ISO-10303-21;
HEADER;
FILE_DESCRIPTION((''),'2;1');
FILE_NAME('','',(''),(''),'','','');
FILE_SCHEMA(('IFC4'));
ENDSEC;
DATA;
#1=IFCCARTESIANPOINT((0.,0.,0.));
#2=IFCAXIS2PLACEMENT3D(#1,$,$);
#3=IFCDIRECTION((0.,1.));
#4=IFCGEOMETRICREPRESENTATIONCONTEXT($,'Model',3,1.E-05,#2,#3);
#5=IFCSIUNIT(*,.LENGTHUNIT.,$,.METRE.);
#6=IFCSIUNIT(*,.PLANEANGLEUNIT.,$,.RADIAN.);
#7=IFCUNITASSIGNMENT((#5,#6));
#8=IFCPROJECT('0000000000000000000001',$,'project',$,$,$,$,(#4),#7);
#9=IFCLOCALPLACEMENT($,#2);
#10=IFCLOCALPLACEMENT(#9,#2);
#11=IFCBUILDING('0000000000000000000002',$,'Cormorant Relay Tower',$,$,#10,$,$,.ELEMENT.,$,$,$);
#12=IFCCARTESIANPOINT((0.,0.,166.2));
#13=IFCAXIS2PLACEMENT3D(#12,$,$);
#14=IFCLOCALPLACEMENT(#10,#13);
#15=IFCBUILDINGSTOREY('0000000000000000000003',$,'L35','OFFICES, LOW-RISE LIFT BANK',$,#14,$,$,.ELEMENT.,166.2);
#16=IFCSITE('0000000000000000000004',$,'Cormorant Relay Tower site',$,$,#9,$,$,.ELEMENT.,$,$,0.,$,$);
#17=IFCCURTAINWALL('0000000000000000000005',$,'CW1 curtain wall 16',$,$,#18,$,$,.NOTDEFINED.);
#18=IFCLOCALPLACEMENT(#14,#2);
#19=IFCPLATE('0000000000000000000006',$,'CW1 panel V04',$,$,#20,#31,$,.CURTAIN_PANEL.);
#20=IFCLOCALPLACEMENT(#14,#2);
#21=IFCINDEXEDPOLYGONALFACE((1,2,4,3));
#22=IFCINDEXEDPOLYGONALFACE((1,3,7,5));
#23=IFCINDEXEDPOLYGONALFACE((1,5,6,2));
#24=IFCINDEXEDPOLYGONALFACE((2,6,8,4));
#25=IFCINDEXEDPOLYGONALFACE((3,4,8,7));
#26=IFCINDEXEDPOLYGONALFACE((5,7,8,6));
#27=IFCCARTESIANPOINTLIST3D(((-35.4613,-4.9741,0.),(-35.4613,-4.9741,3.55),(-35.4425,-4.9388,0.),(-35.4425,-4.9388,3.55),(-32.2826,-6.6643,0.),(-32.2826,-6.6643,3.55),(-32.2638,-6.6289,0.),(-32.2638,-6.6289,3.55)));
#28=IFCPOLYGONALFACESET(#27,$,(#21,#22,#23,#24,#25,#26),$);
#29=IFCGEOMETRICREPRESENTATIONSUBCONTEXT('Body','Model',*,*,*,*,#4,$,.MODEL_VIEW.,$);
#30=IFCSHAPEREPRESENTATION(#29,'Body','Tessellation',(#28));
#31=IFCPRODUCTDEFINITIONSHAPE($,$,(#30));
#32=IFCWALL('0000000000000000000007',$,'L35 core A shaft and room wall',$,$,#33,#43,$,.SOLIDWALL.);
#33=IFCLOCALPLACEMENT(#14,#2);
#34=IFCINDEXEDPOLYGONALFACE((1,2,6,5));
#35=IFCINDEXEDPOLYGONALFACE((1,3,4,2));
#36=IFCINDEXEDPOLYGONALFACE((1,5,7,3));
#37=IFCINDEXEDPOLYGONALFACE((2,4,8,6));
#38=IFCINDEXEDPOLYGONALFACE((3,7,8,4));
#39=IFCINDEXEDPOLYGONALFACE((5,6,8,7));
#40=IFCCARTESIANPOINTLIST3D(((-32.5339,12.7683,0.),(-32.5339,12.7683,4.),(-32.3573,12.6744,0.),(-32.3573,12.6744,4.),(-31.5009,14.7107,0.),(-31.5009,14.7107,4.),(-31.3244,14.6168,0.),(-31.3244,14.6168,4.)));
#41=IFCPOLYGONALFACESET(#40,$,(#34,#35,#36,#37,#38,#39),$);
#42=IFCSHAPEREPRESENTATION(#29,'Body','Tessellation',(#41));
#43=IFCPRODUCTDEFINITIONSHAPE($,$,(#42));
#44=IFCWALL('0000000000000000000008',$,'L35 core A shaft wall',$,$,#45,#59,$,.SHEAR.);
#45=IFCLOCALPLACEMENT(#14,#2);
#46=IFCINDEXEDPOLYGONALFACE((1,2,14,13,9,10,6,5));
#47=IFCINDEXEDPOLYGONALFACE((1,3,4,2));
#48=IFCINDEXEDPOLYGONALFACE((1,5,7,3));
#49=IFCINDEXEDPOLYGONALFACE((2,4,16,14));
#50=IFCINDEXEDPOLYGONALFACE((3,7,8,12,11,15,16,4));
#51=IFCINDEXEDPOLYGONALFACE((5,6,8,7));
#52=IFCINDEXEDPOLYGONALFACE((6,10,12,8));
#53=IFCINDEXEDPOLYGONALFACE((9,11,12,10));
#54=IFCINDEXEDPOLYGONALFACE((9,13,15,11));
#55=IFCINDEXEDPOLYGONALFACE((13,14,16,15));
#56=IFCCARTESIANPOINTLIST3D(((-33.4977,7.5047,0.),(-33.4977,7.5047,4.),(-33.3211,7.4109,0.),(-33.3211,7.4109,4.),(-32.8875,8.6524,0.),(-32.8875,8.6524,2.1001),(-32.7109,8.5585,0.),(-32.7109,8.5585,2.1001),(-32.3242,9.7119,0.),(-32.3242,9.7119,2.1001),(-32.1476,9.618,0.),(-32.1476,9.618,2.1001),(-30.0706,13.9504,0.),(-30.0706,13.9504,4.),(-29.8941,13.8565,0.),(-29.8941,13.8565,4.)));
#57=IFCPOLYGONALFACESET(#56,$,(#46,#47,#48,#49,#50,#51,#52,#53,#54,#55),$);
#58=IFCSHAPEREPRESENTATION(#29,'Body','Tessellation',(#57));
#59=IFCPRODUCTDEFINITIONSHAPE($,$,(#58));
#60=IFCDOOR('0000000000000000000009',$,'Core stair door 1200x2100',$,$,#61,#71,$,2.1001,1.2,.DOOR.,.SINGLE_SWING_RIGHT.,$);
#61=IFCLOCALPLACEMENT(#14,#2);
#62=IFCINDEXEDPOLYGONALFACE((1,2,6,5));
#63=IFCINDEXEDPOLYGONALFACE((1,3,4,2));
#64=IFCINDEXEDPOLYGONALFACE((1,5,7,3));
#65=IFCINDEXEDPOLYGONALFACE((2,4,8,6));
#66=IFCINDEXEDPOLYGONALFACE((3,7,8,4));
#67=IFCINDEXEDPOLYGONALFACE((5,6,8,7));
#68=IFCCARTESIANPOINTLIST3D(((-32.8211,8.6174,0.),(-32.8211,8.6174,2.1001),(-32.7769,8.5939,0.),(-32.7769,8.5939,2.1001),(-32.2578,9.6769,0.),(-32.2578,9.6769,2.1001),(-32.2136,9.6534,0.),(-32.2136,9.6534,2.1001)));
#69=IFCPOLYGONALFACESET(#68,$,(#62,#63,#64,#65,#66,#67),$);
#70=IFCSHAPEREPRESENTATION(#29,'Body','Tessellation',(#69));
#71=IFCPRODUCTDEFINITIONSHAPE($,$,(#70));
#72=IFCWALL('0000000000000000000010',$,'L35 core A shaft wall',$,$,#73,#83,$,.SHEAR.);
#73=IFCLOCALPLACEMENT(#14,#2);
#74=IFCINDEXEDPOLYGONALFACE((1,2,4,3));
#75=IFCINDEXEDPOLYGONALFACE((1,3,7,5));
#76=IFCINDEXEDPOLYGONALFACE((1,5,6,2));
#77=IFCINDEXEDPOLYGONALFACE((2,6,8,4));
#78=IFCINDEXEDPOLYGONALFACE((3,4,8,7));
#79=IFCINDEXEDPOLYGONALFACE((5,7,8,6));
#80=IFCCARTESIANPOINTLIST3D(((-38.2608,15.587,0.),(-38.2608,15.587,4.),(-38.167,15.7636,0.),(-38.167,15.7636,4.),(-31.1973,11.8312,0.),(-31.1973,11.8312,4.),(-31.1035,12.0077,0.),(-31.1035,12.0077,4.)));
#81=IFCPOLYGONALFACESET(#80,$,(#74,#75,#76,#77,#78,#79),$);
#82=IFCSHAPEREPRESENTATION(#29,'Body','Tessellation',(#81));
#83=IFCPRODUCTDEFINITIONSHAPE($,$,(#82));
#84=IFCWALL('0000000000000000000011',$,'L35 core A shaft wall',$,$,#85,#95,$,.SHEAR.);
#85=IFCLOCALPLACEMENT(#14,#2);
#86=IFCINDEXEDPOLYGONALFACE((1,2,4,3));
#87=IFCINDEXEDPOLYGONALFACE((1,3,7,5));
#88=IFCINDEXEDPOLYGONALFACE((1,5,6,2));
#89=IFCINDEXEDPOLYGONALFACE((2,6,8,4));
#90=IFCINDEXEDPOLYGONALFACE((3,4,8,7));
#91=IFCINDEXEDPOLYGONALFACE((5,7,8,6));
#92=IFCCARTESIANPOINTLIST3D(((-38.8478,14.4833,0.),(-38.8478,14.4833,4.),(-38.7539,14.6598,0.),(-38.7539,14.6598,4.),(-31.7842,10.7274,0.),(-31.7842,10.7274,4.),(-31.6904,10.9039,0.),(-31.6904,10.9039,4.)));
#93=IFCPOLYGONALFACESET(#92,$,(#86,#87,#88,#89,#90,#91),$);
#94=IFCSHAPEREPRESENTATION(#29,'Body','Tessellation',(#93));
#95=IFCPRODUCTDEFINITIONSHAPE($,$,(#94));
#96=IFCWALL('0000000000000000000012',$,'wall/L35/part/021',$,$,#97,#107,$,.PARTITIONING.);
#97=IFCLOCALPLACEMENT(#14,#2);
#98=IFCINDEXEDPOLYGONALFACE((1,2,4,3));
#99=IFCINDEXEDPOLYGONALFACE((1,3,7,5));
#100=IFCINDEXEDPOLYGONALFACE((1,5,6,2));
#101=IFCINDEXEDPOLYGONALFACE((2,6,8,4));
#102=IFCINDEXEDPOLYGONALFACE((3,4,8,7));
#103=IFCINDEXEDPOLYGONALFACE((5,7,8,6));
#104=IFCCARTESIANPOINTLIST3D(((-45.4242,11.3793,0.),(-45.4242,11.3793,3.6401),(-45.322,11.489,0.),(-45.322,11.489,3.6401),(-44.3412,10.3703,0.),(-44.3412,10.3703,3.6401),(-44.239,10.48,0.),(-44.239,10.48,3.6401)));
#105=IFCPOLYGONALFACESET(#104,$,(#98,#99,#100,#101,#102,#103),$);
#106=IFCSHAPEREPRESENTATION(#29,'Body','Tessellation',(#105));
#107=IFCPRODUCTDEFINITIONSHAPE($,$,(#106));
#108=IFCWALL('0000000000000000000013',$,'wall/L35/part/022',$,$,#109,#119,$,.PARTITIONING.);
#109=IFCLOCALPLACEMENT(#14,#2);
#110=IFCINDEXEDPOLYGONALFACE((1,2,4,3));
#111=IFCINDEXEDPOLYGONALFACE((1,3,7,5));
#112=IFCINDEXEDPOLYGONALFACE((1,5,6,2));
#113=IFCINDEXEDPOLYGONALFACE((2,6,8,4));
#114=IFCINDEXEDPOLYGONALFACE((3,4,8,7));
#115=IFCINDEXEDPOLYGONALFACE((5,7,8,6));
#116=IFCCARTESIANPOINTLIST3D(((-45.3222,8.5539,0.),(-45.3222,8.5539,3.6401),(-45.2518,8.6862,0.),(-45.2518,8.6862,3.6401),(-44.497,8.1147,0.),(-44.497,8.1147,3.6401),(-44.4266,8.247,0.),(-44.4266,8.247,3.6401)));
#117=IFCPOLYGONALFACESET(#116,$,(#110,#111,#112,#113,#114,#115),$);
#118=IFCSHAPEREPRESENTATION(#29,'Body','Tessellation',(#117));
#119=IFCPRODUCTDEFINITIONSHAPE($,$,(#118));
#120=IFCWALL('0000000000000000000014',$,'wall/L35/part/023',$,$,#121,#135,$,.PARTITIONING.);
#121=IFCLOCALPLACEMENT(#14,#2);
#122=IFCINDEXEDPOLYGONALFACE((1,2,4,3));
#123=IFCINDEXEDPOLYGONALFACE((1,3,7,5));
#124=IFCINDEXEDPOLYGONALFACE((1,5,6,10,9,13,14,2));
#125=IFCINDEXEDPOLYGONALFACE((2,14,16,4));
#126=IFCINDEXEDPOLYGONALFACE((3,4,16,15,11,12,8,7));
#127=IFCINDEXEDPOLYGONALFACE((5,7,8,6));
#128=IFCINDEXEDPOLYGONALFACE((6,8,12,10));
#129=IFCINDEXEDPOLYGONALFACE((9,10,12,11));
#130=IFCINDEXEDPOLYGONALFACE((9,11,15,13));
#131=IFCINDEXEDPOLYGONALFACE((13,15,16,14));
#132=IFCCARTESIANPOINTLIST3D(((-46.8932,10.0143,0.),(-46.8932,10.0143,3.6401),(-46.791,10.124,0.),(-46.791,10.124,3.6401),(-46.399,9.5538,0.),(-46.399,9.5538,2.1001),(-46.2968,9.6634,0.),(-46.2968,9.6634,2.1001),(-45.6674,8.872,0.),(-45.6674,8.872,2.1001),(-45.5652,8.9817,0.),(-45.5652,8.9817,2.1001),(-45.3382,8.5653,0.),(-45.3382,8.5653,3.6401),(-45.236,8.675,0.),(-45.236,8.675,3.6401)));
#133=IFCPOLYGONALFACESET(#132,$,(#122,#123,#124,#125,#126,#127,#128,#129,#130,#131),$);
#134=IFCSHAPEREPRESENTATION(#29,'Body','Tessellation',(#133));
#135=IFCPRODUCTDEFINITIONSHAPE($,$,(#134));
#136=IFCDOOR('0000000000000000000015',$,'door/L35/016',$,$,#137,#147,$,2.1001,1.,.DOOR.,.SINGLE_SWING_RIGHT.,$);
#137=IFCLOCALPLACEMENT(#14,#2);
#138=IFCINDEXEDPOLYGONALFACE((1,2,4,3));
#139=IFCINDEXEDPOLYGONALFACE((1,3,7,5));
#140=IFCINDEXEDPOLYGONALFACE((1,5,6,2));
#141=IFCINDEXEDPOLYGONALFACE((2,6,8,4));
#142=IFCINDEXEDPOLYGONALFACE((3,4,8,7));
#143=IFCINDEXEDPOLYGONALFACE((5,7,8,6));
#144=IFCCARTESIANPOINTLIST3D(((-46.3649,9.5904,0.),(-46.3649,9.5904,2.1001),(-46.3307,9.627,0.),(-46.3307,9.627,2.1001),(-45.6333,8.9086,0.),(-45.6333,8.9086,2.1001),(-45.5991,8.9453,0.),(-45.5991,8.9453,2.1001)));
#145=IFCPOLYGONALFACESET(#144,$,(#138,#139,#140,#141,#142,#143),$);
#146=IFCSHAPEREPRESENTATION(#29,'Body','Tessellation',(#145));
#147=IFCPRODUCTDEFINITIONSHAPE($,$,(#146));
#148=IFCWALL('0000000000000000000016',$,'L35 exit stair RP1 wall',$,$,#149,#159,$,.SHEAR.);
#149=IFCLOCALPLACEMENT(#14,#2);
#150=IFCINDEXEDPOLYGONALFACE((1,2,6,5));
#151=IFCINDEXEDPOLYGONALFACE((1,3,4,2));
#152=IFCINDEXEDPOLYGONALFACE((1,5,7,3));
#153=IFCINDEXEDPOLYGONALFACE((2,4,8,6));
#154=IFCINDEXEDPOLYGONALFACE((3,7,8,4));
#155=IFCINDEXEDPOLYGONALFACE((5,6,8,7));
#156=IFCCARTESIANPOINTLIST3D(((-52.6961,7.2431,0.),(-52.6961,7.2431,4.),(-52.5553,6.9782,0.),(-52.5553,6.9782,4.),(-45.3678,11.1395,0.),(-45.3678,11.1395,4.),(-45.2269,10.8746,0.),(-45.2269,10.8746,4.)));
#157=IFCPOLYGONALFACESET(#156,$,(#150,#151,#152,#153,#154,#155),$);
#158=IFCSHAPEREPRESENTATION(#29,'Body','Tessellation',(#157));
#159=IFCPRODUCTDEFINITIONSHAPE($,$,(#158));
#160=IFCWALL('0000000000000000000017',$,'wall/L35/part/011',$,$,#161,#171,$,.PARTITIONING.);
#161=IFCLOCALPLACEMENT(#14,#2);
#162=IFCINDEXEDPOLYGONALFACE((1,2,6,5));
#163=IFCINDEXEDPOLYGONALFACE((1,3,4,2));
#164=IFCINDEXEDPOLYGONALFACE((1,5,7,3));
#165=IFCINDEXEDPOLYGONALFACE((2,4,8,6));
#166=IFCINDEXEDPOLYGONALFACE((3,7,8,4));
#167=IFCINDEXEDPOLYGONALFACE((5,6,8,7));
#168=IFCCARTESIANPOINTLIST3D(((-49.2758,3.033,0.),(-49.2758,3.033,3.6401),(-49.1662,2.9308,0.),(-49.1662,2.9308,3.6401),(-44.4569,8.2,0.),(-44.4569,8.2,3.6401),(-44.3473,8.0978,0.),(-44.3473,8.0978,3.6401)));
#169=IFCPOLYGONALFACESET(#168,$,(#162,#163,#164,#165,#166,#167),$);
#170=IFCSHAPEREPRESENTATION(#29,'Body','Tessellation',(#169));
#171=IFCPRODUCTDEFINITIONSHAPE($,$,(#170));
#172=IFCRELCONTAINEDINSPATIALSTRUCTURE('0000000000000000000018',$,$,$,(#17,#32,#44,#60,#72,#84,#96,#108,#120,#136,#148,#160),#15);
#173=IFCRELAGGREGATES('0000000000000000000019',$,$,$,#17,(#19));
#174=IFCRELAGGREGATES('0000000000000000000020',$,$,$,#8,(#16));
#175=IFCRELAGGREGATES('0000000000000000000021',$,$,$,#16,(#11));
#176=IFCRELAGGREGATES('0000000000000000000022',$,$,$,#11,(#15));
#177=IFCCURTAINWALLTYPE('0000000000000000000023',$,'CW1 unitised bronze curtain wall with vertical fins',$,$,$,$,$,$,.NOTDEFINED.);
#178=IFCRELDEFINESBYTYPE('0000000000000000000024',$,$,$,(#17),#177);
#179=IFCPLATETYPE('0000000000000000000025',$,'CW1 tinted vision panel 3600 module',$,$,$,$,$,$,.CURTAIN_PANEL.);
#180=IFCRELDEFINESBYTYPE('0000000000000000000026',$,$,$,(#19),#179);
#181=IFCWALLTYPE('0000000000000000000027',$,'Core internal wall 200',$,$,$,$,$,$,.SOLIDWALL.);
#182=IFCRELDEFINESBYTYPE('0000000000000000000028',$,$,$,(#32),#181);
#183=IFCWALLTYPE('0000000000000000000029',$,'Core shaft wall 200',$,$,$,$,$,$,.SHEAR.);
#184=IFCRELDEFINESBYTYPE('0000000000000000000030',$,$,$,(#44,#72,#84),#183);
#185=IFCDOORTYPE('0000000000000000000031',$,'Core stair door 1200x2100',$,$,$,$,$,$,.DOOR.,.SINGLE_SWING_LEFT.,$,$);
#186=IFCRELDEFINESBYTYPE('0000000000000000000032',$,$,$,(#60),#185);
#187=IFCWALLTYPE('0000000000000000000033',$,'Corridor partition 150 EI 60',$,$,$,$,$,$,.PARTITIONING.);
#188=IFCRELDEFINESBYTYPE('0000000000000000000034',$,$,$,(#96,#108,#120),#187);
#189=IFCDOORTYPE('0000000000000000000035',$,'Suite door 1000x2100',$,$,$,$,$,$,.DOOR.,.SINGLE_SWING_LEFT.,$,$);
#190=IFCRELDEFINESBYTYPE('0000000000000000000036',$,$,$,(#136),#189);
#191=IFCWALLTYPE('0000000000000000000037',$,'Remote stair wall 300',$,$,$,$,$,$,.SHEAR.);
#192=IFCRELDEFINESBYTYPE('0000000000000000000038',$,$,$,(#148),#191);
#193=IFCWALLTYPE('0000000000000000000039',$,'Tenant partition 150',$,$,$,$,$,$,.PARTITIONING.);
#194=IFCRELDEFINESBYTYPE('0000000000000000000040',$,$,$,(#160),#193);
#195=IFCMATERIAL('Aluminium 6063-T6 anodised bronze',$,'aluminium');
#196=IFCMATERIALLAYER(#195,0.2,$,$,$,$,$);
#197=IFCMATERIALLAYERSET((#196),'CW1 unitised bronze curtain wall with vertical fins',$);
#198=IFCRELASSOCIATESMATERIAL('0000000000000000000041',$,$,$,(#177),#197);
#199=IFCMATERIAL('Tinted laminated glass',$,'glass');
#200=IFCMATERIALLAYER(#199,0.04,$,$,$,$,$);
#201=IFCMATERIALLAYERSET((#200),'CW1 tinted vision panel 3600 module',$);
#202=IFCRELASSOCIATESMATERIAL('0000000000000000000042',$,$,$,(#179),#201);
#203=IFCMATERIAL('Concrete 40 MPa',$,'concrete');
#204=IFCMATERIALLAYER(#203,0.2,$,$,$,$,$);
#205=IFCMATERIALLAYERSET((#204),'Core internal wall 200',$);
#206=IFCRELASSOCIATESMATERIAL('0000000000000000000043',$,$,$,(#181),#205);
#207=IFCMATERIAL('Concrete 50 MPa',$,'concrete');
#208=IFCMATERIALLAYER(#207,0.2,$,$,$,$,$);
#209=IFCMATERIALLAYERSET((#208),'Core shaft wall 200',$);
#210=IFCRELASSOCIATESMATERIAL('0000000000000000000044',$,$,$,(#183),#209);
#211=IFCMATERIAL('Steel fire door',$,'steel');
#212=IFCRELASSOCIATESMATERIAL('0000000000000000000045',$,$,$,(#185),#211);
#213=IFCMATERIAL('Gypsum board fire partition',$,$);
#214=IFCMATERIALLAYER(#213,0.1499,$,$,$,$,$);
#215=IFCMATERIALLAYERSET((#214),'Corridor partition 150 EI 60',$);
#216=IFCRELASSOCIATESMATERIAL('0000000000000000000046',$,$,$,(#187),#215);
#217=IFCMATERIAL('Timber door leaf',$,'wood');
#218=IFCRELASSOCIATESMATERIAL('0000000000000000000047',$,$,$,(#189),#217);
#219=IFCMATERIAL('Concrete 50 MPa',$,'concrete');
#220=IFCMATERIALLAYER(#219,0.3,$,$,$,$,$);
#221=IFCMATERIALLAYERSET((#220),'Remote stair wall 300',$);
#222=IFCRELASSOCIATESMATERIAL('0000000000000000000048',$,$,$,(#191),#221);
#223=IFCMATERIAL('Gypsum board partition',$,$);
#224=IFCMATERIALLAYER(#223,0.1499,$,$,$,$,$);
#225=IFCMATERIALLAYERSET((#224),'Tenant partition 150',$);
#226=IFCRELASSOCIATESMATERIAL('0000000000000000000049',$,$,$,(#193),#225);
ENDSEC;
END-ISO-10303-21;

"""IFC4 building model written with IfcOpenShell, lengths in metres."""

from ifc_helpers import new_model, si_unit, direction, frame, frame_2d, origin, origin_2d, place, context, subcontext, project, spatial, rectangle, extrude, material, layer, layer_set, type_object, element, fill, aggregate, save


model = new_model("IFC4")

# Units and contexts
model_context = context("Model", 3, precision=1e-05, world=origin(), true_north=direction((0.0, 1.0)))
body_context = subcontext(model_context, "Body", "Model", "MODEL_VIEW")
ifc_project = project(units=[si_unit("LENGTHUNIT", "METRE"), si_unit("PLANEANGLEUNIT", "RADIAN")], contexts=[model_context])

# Site, building, storey
site_placement = place(None, origin())
site = spatial("IfcSite", under=ifc_project, at=site_placement, Name="Cormorant Relay Tower site", CompositionType="ELEMENT", RefElevation=0.0)
building_placement = place(site_placement, origin())
building = spatial("IfcBuilding", under=site, at=building_placement, Name="Cormorant Relay Tower", CompositionType="ELEMENT")
storey_placement = place(building_placement, frame((0.0, 0.0, 166.2)))
storey = spatial("IfcBuildingStorey", under=building, at=storey_placement, Name="L35", Description="OFFICES, LOW-RISE LIFT BANK", CompositionType="ELEMENT", Elevation=166.2)

# Curtain wall
ifc_material_1 = material(Name="Aluminium 6063-T6 anodised bronze", Category="aluminium")
ifc_layer_1 = layer(ifc_material_1, 0.2)
ifc_layer_set_1 = layer_set([ifc_layer_1], Name="CW1 unitised bronze curtain wall with vertical fins")
curtain_wall_type = type_object("IfcCurtainWallType", Name="CW1 unitised bronze curtain wall with vertical fins", PredefinedType="NOTDEFINED", material=ifc_layer_set_1)
curtain_wall_placement = place(storey_placement, origin())
curtain_wall = element("IfcCurtainWall", 1, at=curtain_wall_placement, inside=storey, type_object=curtain_wall_type, Name="CW1 curtain wall 16", PredefinedType="NOTDEFINED")

# Plate
ifc_material_2 = material(Name="Tinted laminated glass", Category="glass")
ifc_layer_2 = layer(ifc_material_2, 0.04)
ifc_layer_set_2 = layer_set([ifc_layer_2], Name="CW1 tinted vision panel 3600 module")
plate_type_1 = type_object("IfcPlateType", Name="CW1 tinted vision panel 3600 module", PredefinedType="CURTAIN_PANEL", material=ifc_layer_set_2)
plate_1_placement = place(storey_placement, frame((-33.8625, -5.8015, 0.0), z_axis=(0.0, 0.0, 1.0), x_axis=(0.882948, -0.469472, 0.0)))
plate_1 = element("IfcPlate", 2, at=plate_1_placement, type_object=plate_type_1, Name="CW1 panel V04", PredefinedType="CURTAIN_PANEL", context=body_context, shape_type="SweptSolid", body=[
    extrude(rectangle(XDim=3.6001, YDim=0.04, at=origin_2d()), origin(), (0.0, 0.0, 1.0), 3.55),
])

# Wall
ifc_material_3 = material(Name="Concrete 40 MPa", Category="concrete")
ifc_layer_3 = layer(ifc_material_3, 0.2)
ifc_layer_set_3 = layer_set([ifc_layer_3], Name="Core internal wall 200")
wall_type_1 = type_object("IfcWallType", Name="Core internal wall 200", PredefinedType="SOLIDWALL", material=ifc_layer_set_3)
wall_1_placement = place(storey_placement, frame((-31.4126, 14.6638, 0.0), z_axis=(0.0, 0.0, 1.0), x_axis=(-0.469534, -0.882914, 0.0)))
element("IfcWall", 3, at=wall_1_placement, inside=storey, type_object=wall_type_1, Name="L35 core A shaft and room wall", PredefinedType="SOLIDWALL", context=body_context, shape_type="SweptSolid", body=[
    extrude(rectangle(XDim=2.2, YDim=0.2, at=frame_2d((1.1001, 0.0))), origin(), (0.0, 0.0, 1.0), 4.0),
])

# Wall, opening, door
ifc_material_4 = material(Name="Concrete 50 MPa", Category="concrete")
ifc_layer_4 = layer(ifc_material_4, 0.2)
ifc_layer_set_4 = layer_set([ifc_layer_4], Name="Core shaft wall 200")
wall_type_2 = type_object("IfcWallType", Name="Core shaft wall 200", PredefinedType="SHEAR", material=ifc_layer_set_4)
wall_2_placement = place(storey_placement, frame((-29.9824, 13.9033, 0.0), z_axis=(0.0, 0.0, 1.0), x_axis=(-0.469454, -0.882957, 0.0)))
wall_2 = element("IfcWall", 4, at=wall_2_placement, inside=storey, type_object=wall_type_2, Name="L35 core A shaft wall", PredefinedType="SHEAR", context=body_context, shape_type="SweptSolid", body=[
    extrude(rectangle(XDim=7.3, YDim=0.2, at=frame_2d((3.6499, 0.0))), origin(), (0.0, 0.0, 1.0), 4.0),
])
opening_1_placement = place(wall_2_placement, frame((4.8, 0.0, 0.0)))
opening_1 = element("IfcOpeningElement", 5, at=opening_1_placement, cuts=wall_2, PredefinedType="OPENING", context=body_context, shape_type="SweptSolid", body=[
    extrude(rectangle(XDim=1.2, YDim=2.1001, at=frame_2d((0.6001, 1.05))), frame((0.0, 0.1099, 0.0), z_axis=(0.0, -1.0, 0.0), x_axis=(1.0, 0.0, 0.0)), (0.0, 0.0, 1.0), 0.22),
])
ifc_material_5 = material(Name="Steel fire door", Category="steel")
door_type_1 = type_object("IfcDoorType", Name="Core stair door 1200x2100", OperationType="SINGLE_SWING_LEFT", PredefinedType="DOOR", material=ifc_material_5)
door_1_placement = place(opening_1_placement, frame((1.2, 0.0, 0.0), z_axis=(0.0, 0.0, 1.0), x_axis=(-1.0, 0.0, 0.0)))
door_1 = element("IfcDoor", 6, at=door_1_placement, inside=storey, type_object=door_type_1, Name="Core stair door 1200x2100", OperationType="SINGLE_SWING_RIGHT", OverallHeight=2.1001, OverallWidth=1.2, PredefinedType="DOOR", context=body_context, shape_type="SweptSolid", body=[
    extrude(rectangle(XDim=1.2, YDim=2.1001, at=frame_2d((0.6001, 1.05))), frame((0.0, 0.0249, 0.0), z_axis=(0.0, -1.0, 0.0), x_axis=(1.0, 0.0, 0.0)), (0.0, 0.0, 1.0), 0.05),
])
fill(opening_1, door_1)

# Walls
for number, where, z_axis, x_axis, name in (
    (7, (-31.1504, 11.9194, 0.0), (0.0, 0.0, 1.0), (-0.88294, 0.469485, 0.0), "L35 core A shaft wall"),
    (8, (-31.7373, 10.8157, 0.0), (0.0, 0.0, 1.0), (-0.88294, 0.469485, 0.0), "L35 core A shaft wall"),
):
    element("IfcWall", number, at=place(storey_placement, frame(where, z_axis=z_axis, x_axis=x_axis)), inside=storey, type_object=wall_type_2, Name=name, PredefinedType="SHEAR", context=body_context, shape_type="SweptSolid", body=[
        extrude(rectangle(XDim=8.0, YDim=0.2, at=frame_2d((4.0, 0.0))), origin(), (0.0, 0.0, 1.0), 4.0),
    ])
ifc_material_6 = material(Name="Gypsum board fire partition")
ifc_layer_5 = layer(ifc_material_6, 0.1499)
ifc_layer_set_5 = layer_set([ifc_layer_5], Name="Corridor partition 150 EI 60")
wall_type_3 = type_object("IfcWallType", Name="Corridor partition 150 EI 60", PredefinedType="PARTITIONING", material=ifc_layer_set_5)
wall_3_placement = place(storey_placement, frame((-44.29, 10.425, 0.0), z_axis=(0.0, 0.0, 1.0), x_axis=(-0.731653, 0.681677, 0.0)))
element("IfcWall", 9, at=wall_3_placement, inside=storey, type_object=wall_type_3, Name="wall/L35/part/021", PredefinedType="PARTITIONING", context=body_context, shape_type="SweptSolid", body=[
    extrude(rectangle(XDim=1.4802, YDim=0.1499, at=frame_2d((0.7402, 0.0))), origin(), (0.0, 0.0, 1.0), 3.6401),
])
wall_4_placement = place(storey_placement, frame((-44.4619, 8.1809, 0.0), z_axis=(0.0, 0.0, 1.0), x_axis=(-0.88275, 0.469843, 0.0)))
element("IfcWall", 10, at=wall_4_placement, inside=storey, type_object=wall_type_3, Name="wall/L35/part/022", PredefinedType="PARTITIONING", context=body_context, shape_type="SweptSolid", body=[
    extrude(rectangle(XDim=0.9348, YDim=0.1499, at=frame_2d((0.4673, 0.0))), origin(), (0.0, 0.0, 1.0), 3.6401),
])

# Wall, opening, door
wall_5_placement = place(storey_placement, frame((-45.2871, 8.6201, 0.0), z_axis=(0.0, 0.0, 1.0), x_axis=(-0.731594, 0.681741, 0.0)))
wall_5 = element("IfcWall", 11, at=wall_5_placement, inside=storey, type_object=wall_type_3, Name="wall/L35/part/023", PredefinedType="PARTITIONING", context=body_context, shape_type="SweptSolid", body=[
    extrude(rectangle(XDim=2.1255, YDim=0.1499, at=frame_2d((1.0627, 0.0))), origin(), (0.0, 0.0, 1.0), 3.6401),
])
opening_2_placement = place(wall_5_placement, frame((0.45, 0.0, 0.0)))
opening_2 = element("IfcOpeningElement", 12, at=opening_2_placement, cuts=wall_5, PredefinedType="OPENING", context=body_context, shape_type="SweptSolid", body=[
    extrude(rectangle(XDim=1.0, YDim=2.1001, at=frame_2d((0.5, 1.05))), frame((0.0, 0.085, 0.0), z_axis=(0.0, -1.0, 0.0), x_axis=(1.0, 0.0, 0.0)), (0.0, 0.0, 1.0), 0.1699),
])
ifc_material_7 = material(Name="Timber door leaf", Category="wood")
door_type_2 = type_object("IfcDoorType", Name="Suite door 1000x2100", OperationType="SINGLE_SWING_LEFT", PredefinedType="DOOR", material=ifc_material_7)
door_2_placement = place(opening_2_placement, origin())
door_2 = element("IfcDoor", 13, at=door_2_placement, inside=storey, type_object=door_type_2, Name="door/L35/016", OperationType="SINGLE_SWING_RIGHT", OverallHeight=2.1001, OverallWidth=1.0, PredefinedType="DOOR", context=body_context, shape_type="SweptSolid", body=[
    extrude(rectangle(XDim=1.0, YDim=2.1001, at=frame_2d((0.5, 1.05))), frame((0.0, 0.0249, 0.0), z_axis=(0.0, -1.0, 0.0), x_axis=(1.0, 0.0, 0.0)), (0.0, 0.0, 1.0), 0.05),
])
fill(opening_2, door_2)

# Walls
ifc_material_8 = material(Name="Concrete 50 MPa", Category="concrete")
ifc_layer_6 = layer(ifc_material_8, 0.3)
ifc_layer_set_6 = layer_set([ifc_layer_6], Name="Remote stair wall 300")
wall_type_4 = type_object("IfcWallType", Name="Remote stair wall 300", PredefinedType="SHEAR", material=ifc_layer_set_6)
wall_6_placement = place(storey_placement, frame((-45.2974, 11.0071, 0.0), z_axis=(0.0, 0.0, 1.0), x_axis=(-0.882952, -0.469464, 0.0)))
element("IfcWall", 14, at=wall_6_placement, inside=storey, type_object=wall_type_4, Name="L35 exit stair RP1 wall", PredefinedType="SHEAR", context=body_context, shape_type="SweptSolid", body=[
    extrude(rectangle(XDim=8.2998, YDim=0.3, at=frame_2d((4.1499, 0.0))), origin(), (0.0, 0.0, 1.0), 4.0),
])
ifc_material_9 = material(Name="Gypsum board partition")
ifc_layer_7 = layer(ifc_material_9, 0.1499)
ifc_layer_set_7 = layer_set([ifc_layer_7], Name="Tenant partition 150")
wall_type_5 = type_object("IfcWallType", Name="Tenant partition 150", PredefinedType="PARTITIONING", material=ifc_layer_set_7)
wall_7_placement = place(storey_placement, frame((-44.4021, 8.1489, 0.0), z_axis=(0.0, 0.0, 1.0), x_axis=(-0.68204, -0.731315, 0.0)))
element("IfcWall", 15, at=wall_7_placement, inside=storey, type_object=wall_type_5, Name="wall/L35/part/011", PredefinedType="PARTITIONING", context=body_context, shape_type="SweptSolid", body=[
    extrude(rectangle(XDim=7.0654, YDim=0.1499, at=frame_2d((3.5327, 0.0))), origin(), (0.0, 0.0, 1.0), 3.6401),
])

aggregate(curtain_wall, [plate_1])

save(model, "model.ifc")
